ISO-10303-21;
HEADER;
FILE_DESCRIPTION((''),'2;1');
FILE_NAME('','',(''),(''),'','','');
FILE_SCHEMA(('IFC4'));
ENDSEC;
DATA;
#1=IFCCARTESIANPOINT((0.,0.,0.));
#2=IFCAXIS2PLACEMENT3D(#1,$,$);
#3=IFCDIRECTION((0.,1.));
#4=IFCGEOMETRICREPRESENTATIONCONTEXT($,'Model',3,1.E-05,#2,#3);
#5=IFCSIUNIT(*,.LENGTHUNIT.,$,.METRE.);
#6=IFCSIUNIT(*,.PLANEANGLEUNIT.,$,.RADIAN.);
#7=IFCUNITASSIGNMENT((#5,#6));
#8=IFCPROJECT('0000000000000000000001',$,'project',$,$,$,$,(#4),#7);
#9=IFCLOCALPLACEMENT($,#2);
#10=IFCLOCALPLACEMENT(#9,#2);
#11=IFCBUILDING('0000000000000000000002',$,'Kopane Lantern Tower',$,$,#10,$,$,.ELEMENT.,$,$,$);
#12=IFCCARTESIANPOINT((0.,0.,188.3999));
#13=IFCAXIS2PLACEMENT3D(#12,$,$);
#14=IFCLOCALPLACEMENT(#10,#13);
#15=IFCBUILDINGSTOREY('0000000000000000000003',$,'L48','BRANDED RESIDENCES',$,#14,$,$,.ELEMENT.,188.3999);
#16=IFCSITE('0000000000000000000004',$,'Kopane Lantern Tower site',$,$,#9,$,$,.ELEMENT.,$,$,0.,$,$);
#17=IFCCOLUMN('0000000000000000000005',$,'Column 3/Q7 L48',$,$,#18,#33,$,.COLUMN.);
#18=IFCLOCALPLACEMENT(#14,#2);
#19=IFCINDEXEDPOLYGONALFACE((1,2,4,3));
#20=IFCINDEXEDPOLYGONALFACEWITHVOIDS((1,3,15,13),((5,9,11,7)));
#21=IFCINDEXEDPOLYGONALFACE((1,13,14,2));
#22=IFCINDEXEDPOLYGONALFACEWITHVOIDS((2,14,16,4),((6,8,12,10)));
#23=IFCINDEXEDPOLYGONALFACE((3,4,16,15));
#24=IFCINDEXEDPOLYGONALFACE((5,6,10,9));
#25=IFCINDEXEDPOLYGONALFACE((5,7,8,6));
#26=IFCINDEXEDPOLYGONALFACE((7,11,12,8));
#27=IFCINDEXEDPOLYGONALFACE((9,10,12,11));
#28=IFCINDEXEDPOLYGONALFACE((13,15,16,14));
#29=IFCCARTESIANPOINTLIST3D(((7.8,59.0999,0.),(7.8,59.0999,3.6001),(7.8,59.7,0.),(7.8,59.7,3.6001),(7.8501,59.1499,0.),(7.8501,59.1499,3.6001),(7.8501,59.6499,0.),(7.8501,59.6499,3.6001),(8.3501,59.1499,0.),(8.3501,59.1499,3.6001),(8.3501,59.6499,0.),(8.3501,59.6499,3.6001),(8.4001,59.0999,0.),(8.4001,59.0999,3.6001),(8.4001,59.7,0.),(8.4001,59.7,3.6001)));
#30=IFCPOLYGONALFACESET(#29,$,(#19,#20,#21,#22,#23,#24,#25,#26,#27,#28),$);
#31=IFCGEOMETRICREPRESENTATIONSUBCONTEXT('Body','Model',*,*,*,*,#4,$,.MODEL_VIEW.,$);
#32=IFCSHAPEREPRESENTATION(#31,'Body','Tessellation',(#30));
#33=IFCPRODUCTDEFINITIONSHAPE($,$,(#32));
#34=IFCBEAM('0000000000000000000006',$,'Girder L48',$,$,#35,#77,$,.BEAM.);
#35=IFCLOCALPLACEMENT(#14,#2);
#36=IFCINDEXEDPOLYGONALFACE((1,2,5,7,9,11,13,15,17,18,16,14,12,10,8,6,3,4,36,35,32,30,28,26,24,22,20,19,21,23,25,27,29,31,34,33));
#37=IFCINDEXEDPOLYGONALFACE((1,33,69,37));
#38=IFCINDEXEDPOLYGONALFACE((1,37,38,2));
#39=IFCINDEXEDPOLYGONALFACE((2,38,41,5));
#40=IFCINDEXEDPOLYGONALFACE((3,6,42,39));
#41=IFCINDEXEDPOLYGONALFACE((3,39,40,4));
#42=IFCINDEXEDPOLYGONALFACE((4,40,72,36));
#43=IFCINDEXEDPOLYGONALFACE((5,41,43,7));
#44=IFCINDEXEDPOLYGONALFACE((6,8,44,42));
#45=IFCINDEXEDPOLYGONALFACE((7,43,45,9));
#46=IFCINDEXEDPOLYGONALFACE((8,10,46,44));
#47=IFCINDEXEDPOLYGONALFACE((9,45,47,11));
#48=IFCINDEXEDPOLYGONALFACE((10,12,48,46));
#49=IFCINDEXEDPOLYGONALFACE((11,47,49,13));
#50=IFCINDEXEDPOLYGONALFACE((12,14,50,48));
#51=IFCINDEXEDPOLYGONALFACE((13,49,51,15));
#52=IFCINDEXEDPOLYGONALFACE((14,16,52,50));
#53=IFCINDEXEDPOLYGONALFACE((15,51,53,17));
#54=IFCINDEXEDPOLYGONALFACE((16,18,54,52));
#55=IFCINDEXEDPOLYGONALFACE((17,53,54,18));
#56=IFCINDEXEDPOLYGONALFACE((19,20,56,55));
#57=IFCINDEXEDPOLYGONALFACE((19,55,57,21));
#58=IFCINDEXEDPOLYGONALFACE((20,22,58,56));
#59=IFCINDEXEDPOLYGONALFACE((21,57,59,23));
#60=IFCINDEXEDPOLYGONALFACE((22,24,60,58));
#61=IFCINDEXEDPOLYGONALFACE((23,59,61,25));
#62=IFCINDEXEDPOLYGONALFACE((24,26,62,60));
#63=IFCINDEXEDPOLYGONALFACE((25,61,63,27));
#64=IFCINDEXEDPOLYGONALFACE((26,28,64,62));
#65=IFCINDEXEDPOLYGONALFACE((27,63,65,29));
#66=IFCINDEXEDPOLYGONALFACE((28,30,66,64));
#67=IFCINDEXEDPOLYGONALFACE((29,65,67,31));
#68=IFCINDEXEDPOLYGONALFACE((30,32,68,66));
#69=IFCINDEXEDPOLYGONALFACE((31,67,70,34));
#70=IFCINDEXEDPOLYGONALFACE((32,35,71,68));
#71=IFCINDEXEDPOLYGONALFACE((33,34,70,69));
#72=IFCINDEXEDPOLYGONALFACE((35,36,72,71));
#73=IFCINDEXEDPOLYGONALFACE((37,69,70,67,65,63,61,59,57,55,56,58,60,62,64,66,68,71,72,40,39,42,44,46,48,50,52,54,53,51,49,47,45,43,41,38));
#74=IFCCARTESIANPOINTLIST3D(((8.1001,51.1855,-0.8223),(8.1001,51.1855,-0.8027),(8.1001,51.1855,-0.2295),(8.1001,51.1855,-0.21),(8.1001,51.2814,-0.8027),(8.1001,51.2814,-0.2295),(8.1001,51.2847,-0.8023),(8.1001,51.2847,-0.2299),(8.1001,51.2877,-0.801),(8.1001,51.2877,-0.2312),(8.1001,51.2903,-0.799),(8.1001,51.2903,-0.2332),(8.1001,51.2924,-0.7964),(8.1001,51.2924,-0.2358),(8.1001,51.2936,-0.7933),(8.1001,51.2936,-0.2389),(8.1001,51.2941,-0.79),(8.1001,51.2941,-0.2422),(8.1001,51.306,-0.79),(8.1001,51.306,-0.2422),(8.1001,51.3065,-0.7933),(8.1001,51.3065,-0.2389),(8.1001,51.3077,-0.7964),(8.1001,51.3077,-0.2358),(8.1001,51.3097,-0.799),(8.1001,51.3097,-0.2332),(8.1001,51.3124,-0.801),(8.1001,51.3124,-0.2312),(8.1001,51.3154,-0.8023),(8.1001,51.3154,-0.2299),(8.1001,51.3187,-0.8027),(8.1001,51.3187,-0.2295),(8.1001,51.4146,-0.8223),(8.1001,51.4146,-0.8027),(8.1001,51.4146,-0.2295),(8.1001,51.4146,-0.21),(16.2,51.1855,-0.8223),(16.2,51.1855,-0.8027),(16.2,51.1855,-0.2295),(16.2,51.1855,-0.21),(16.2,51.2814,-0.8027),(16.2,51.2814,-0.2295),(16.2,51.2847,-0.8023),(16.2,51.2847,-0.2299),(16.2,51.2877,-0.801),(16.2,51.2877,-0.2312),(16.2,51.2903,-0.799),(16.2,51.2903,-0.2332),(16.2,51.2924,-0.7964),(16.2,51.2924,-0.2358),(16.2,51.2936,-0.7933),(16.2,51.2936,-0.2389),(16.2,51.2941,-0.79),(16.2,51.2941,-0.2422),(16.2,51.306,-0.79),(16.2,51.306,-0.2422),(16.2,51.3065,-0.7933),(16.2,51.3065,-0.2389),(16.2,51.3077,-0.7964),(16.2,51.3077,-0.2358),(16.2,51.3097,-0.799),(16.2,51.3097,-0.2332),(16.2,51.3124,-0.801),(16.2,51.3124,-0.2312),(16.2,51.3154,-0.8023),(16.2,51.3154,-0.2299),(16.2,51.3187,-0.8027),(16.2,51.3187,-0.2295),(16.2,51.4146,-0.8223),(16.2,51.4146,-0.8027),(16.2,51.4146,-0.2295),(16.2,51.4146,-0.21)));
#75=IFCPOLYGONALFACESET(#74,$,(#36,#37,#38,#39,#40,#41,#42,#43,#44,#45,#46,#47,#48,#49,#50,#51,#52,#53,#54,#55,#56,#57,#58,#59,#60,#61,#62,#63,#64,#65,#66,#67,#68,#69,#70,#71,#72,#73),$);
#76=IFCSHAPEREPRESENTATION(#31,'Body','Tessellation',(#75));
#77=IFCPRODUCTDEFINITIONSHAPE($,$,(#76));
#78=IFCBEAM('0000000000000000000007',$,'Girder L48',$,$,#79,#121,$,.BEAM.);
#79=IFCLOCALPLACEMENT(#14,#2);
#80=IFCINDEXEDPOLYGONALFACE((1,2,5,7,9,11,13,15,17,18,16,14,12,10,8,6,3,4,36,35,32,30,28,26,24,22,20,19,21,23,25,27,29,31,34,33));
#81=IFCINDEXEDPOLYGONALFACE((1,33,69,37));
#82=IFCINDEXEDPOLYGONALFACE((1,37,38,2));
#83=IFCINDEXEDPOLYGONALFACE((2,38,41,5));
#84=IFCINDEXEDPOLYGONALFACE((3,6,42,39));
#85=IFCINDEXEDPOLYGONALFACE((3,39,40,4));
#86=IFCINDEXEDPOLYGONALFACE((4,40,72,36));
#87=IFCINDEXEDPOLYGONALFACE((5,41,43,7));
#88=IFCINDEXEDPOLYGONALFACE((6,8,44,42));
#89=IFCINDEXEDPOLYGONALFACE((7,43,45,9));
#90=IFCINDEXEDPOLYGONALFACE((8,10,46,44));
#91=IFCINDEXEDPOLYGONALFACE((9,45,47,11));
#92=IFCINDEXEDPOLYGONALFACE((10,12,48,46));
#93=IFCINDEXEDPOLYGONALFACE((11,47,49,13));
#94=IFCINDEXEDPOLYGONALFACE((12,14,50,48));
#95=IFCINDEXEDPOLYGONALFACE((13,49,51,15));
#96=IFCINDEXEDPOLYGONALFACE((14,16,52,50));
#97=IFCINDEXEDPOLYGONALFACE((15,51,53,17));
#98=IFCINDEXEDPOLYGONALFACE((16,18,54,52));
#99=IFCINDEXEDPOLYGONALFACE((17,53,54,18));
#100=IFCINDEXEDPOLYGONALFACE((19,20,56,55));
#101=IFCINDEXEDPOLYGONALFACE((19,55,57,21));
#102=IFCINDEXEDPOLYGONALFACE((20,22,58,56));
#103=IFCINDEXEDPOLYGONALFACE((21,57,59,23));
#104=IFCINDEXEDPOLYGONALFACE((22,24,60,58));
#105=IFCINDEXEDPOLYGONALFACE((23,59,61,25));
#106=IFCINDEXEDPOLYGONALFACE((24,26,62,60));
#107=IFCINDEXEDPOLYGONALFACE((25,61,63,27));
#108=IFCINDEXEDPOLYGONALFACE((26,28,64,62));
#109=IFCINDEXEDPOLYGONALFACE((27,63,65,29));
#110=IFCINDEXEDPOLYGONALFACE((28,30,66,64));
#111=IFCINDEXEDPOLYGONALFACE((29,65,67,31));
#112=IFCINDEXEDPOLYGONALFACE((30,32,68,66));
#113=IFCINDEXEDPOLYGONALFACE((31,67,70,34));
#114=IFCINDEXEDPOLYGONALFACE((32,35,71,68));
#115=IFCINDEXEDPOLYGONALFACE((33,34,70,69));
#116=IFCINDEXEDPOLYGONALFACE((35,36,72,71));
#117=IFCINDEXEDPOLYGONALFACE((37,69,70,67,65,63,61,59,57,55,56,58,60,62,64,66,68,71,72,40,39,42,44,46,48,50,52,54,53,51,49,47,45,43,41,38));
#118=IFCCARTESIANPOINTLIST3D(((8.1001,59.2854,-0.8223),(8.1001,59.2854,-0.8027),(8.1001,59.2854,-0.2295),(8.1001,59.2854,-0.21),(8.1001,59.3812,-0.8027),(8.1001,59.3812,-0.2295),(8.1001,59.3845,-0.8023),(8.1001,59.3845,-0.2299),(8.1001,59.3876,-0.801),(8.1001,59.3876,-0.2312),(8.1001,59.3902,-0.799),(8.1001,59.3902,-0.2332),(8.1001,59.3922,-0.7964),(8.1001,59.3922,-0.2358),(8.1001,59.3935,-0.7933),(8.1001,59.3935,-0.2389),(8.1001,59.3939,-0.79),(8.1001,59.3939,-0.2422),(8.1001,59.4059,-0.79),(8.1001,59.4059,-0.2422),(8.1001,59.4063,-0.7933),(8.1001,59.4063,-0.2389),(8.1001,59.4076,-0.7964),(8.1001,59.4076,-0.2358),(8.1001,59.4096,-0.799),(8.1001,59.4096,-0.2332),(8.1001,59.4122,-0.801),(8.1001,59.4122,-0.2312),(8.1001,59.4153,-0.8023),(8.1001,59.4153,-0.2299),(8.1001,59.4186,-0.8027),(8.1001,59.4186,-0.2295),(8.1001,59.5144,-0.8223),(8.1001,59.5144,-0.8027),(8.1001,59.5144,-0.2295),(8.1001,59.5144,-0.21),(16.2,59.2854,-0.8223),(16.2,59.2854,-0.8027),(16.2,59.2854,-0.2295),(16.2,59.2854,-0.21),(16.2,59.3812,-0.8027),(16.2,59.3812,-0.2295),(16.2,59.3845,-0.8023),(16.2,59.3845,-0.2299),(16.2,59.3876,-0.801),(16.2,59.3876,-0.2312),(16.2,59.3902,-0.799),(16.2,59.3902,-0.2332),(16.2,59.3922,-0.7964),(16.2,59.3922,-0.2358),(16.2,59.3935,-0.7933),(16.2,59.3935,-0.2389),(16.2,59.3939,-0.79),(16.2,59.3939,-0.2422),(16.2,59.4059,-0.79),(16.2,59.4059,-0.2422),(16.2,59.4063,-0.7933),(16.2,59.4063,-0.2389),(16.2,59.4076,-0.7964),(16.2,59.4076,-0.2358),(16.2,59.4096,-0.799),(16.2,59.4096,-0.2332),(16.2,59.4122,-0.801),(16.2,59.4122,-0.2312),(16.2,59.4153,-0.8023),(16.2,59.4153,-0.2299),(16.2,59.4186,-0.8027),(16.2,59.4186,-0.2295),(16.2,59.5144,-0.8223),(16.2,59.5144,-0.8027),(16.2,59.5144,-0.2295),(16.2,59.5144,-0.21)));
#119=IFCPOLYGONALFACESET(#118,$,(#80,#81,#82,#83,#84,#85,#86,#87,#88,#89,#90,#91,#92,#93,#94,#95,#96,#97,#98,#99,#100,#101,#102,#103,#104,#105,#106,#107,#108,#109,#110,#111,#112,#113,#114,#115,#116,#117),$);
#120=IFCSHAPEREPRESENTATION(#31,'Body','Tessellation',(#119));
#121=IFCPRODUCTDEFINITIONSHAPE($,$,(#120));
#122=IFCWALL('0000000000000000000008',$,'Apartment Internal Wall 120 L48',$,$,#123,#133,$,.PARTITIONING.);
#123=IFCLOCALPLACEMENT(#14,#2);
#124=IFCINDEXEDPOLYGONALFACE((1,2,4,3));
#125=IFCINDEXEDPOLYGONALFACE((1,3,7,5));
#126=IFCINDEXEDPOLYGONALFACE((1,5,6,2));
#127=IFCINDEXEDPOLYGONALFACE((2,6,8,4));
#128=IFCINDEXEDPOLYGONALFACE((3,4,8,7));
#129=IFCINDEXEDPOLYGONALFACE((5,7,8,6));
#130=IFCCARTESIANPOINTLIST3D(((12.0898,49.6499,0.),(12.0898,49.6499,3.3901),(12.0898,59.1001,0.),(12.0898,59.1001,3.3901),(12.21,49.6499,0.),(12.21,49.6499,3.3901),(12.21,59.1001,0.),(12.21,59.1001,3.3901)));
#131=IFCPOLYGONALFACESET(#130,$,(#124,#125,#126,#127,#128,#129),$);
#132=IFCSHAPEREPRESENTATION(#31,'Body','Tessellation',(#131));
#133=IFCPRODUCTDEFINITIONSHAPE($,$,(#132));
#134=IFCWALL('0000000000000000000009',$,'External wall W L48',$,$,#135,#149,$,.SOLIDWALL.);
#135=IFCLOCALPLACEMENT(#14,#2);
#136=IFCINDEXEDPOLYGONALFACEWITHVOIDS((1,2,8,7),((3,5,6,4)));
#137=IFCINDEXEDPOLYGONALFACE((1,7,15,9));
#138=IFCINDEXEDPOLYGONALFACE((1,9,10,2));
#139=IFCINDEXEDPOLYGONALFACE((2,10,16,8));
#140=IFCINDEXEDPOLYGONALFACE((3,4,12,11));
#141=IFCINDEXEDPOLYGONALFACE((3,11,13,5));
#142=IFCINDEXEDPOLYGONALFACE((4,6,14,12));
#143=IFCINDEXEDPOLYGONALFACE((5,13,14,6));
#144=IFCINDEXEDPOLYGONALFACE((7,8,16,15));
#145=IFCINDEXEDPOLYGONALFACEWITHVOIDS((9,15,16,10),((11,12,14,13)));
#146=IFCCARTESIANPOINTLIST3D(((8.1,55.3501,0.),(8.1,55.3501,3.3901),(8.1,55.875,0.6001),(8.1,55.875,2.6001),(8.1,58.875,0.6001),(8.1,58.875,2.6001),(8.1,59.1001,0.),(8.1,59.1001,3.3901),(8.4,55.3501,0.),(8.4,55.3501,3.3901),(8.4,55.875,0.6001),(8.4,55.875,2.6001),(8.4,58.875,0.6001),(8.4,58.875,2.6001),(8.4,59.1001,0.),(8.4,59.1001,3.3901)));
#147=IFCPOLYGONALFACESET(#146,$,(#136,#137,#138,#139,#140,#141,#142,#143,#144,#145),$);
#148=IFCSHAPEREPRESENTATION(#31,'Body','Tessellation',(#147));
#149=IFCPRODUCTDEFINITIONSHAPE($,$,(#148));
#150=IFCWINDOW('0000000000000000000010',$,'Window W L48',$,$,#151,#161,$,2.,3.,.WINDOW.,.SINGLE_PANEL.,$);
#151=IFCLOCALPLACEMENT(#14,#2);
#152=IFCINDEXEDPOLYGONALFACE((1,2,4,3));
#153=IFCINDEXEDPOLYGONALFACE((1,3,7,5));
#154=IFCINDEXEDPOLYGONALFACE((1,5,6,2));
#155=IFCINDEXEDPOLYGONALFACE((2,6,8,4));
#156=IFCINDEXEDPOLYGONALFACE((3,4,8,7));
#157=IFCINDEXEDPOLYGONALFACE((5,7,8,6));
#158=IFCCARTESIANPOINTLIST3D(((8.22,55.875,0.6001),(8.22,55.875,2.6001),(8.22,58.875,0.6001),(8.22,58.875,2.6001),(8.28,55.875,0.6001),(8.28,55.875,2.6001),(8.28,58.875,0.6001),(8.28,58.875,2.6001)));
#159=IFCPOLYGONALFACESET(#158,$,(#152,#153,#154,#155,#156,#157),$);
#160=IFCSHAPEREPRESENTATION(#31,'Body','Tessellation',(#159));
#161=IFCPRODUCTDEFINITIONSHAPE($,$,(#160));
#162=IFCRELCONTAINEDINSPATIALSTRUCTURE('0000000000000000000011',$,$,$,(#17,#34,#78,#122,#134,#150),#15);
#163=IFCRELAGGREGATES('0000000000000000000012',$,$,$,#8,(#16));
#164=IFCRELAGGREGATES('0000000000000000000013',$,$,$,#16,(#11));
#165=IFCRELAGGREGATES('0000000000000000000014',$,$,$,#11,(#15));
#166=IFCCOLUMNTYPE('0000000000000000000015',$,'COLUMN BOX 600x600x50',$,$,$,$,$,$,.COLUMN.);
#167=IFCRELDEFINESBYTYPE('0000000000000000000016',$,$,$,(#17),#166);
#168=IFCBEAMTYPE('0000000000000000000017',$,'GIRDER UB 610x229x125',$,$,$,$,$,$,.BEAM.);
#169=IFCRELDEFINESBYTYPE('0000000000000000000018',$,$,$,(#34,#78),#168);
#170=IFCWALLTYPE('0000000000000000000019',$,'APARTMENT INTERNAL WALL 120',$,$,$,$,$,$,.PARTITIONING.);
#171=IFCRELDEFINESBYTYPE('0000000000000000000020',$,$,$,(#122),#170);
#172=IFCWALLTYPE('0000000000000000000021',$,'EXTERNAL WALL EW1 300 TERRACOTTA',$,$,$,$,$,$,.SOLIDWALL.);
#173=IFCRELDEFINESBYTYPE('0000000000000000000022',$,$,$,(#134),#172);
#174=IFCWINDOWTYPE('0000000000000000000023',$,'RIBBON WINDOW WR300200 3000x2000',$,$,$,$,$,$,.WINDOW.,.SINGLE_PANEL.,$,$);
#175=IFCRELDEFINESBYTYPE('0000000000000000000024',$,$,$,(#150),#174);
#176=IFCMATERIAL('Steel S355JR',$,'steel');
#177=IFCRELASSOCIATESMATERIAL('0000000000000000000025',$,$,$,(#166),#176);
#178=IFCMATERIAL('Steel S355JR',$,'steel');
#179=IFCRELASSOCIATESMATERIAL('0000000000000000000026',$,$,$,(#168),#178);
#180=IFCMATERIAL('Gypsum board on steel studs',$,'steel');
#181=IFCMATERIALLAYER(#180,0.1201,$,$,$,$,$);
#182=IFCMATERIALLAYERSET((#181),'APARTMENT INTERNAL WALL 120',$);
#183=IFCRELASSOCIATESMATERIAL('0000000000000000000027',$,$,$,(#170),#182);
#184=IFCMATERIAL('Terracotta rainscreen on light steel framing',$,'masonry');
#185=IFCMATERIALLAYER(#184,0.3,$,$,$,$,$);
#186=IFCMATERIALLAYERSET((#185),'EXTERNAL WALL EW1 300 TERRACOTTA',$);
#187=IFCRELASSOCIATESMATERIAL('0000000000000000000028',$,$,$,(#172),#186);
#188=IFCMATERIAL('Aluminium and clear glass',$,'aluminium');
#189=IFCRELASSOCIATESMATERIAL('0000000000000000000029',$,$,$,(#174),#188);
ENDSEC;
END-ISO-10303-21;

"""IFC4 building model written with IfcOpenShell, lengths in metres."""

from ifc_helpers import new_model, si_unit, direction, frame, frame_2d, origin, origin_2d, place, context, subcontext, project, spatial, rectangle, hollow_rectangle, i_section, extrude, material, layer, layer_set, material_profile, profile_set, type_object, element, fill, save


model = new_model("IFC4")

# Units and contexts
model_context = context("Model", 3, precision=1e-05, world=origin(), true_north=direction((0.0, 1.0)))
body_context = subcontext(model_context, "Body", "Model", "MODEL_VIEW")
ifc_project = project(units=[si_unit("LENGTHUNIT", "METRE"), si_unit("PLANEANGLEUNIT", "RADIAN")], contexts=[model_context])

# Site, building, storey
site_placement = place(None, origin())
site = spatial("IfcSite", under=ifc_project, at=site_placement, Name="Kopane Lantern Tower site", CompositionType="ELEMENT", RefElevation=0.0)
building_placement = place(site_placement, origin())
building = spatial("IfcBuilding", under=site, at=building_placement, Name="Kopane Lantern Tower", CompositionType="ELEMENT")
storey_placement = place(building_placement, frame((0.0, 0.0, 188.3999)))
storey = spatial("IfcBuildingStorey", under=building, at=storey_placement, Name="L48", Description="BRANDED RESIDENCES", CompositionType="ELEMENT", Elevation=188.3999)

# Column
ifc_material_1 = material(Name="Steel S355JR", Category="steel")
ifc_material_profile_1 = material_profile(ifc_material_1, hollow_rectangle(XDim=0.6001, YDim=0.6001, WallThickness=0.05, at=origin_2d()), Name="BOX 600x600x50")
ifc_profile_set_1 = profile_set([ifc_material_profile_1], Name="Steel S355JR")
column_type = type_object("IfcColumnType", Name="COLUMN BOX 600x600x50", PredefinedType="COLUMN", material=ifc_profile_set_1)
column_placement = place(storey_placement, frame((8.1001, 59.3999, 0.0), z_axis=(0.0, 0.0, 1.0), x_axis=(1.0, 0.0, 0.0)))
element("IfcColumn", 1, at=column_placement, inside=storey, type_object=column_type, Name="Column 3/Q7 L48", PredefinedType="COLUMN", context=body_context, shape_type="SweptSolid", body=[
    extrude(hollow_rectangle(XDim=0.6001, YDim=0.6001, WallThickness=0.05, at=origin_2d()), origin(), (0.0, 0.0, 1.0), 3.6001),
])

# Beams
ifc_material_2 = material(Name="Steel S355JR", Category="steel")
ifc_material_profile_2 = material_profile(ifc_material_2, i_section(OverallWidth=0.229, OverallDepth=0.6123, WebThickness=0.012, FlangeThickness=0.0195, FilletRadius=0.0127, at=origin_2d()), Name="UB 610x229x125")
ifc_profile_set_2 = profile_set([ifc_material_profile_2], Name="Steel S355JR")
beam_type = type_object("IfcBeamType", Name="GIRDER UB 610x229x125", PredefinedType="BEAM", material=ifc_profile_set_2)
for number, where, z_axis, x_axis, name in (
    (2, (8.1001, 51.3, -0.5161), (1.0, 0.0, 0.0), (0.0, 1.0, 0.0), "Girder L48"),
    (3, (8.1001, 59.3999, -0.5161), (1.0, 0.0, 0.0), (0.0, 1.0, 0.0), "Girder L48"),
):
    element("IfcBeam", number, at=place(storey_placement, frame(where, z_axis=z_axis, x_axis=x_axis)), inside=storey, type_object=beam_type, Name=name, PredefinedType="BEAM", context=body_context, shape_type="SweptSolid", body=[
        extrude(i_section(OverallWidth=0.229, OverallDepth=0.6123, WebThickness=0.012, FlangeThickness=0.0195, FilletRadius=0.0127, at=origin_2d()), origin(), (0.0, 0.0, 1.0), 8.0999),
    ])

# Wall
ifc_material_3 = material(Name="Gypsum board on steel studs", Category="steel")
ifc_layer_1 = layer(ifc_material_3, 0.1201)
ifc_layer_set_1 = layer_set([ifc_layer_1], Name="APARTMENT INTERNAL WALL 120")
wall_type_1 = type_object("IfcWallType", Name="APARTMENT INTERNAL WALL 120", PredefinedType="PARTITIONING", material=ifc_layer_set_1)
wall_1_placement = place(storey_placement, frame((12.1499, 49.6499, 0.0), z_axis=(0.0, 0.0, 1.0), x_axis=(0.0, 1.0, 0.0)))
element("IfcWall", 4, at=wall_1_placement, inside=storey, type_object=wall_type_1, Name="Apartment Internal Wall 120 L48", PredefinedType="PARTITIONING", context=body_context, shape_type="SweptSolid", body=[
    extrude(rectangle(XDim=9.4502, YDim=0.1201, at=frame_2d((4.7251, 0.0))), origin(), (0.0, 0.0, 1.0), 3.3901),
])

# Wall, opening, window
ifc_material_4 = material(Name="Terracotta rainscreen on light steel framing", Category="masonry")
ifc_layer_2 = layer(ifc_material_4, 0.3)
ifc_layer_set_2 = layer_set([ifc_layer_2], Name="EXTERNAL WALL EW1 300 TERRACOTTA")
wall_type_2 = type_object("IfcWallType", Name="EXTERNAL WALL EW1 300 TERRACOTTA", PredefinedType="SOLIDWALL", material=ifc_layer_set_2)
wall_2_placement = place(storey_placement, frame((8.25, 59.1001, 0.0), z_axis=(0.0, 0.0, 1.0), x_axis=(0.0, -1.0, 0.0)))
wall_2 = element("IfcWall", 5, at=wall_2_placement, inside=storey, type_object=wall_type_2, Name="External wall W L48", PredefinedType="SOLIDWALL", context=body_context, shape_type="SweptSolid", body=[
    extrude(rectangle(XDim=3.75, YDim=0.3, at=frame_2d((1.875, 0.0))), origin(), (0.0, 0.0, 1.0), 3.3901),
])
opening_1_placement = place(wall_2_placement, frame((0.2251, 0.0, 0.6001)))
opening_1 = element("IfcOpeningElement", 6, at=opening_1_placement, cuts=wall_2, PredefinedType="OPENING", context=body_context, shape_type="SweptSolid", body=[
    extrude(rectangle(XDim=3.0, YDim=2.0, at=frame_2d((1.5, 1.0))), frame((0.0, 0.1599, 0.0), z_axis=(0.0, -1.0, 0.0), x_axis=(1.0, 0.0, 0.0)), (0.0, 0.0, 1.0), 0.3201),
])
ifc_material_5 = material(Name="Aluminium and clear glass", Category="aluminium")
window_type = type_object("IfcWindowType", Name="RIBBON WINDOW WR300200 3000x2000", PartitioningType="SINGLE_PANEL", PredefinedType="WINDOW", material=ifc_material_5)
window_1_placement = place(opening_1_placement, origin())
window_1 = element("IfcWindow", 7, at=window_1_placement, inside=storey, type_object=window_type, Name="Window W L48", OverallHeight=2.0, OverallWidth=3.0, PartitioningType="SINGLE_PANEL", PredefinedType="WINDOW", context=body_context, shape_type="SweptSolid", body=[
    extrude(rectangle(XDim=3.0, YDim=2.0, at=frame_2d((1.5, 1.0))), frame((0.0, 0.03, 0.0), z_axis=(0.0, -1.0, 0.0), x_axis=(1.0, 0.0, 0.0)), (0.0, 0.0, 1.0), 0.0601),
])
fill(opening_1, window_1)

save(model, "model.ifc")
